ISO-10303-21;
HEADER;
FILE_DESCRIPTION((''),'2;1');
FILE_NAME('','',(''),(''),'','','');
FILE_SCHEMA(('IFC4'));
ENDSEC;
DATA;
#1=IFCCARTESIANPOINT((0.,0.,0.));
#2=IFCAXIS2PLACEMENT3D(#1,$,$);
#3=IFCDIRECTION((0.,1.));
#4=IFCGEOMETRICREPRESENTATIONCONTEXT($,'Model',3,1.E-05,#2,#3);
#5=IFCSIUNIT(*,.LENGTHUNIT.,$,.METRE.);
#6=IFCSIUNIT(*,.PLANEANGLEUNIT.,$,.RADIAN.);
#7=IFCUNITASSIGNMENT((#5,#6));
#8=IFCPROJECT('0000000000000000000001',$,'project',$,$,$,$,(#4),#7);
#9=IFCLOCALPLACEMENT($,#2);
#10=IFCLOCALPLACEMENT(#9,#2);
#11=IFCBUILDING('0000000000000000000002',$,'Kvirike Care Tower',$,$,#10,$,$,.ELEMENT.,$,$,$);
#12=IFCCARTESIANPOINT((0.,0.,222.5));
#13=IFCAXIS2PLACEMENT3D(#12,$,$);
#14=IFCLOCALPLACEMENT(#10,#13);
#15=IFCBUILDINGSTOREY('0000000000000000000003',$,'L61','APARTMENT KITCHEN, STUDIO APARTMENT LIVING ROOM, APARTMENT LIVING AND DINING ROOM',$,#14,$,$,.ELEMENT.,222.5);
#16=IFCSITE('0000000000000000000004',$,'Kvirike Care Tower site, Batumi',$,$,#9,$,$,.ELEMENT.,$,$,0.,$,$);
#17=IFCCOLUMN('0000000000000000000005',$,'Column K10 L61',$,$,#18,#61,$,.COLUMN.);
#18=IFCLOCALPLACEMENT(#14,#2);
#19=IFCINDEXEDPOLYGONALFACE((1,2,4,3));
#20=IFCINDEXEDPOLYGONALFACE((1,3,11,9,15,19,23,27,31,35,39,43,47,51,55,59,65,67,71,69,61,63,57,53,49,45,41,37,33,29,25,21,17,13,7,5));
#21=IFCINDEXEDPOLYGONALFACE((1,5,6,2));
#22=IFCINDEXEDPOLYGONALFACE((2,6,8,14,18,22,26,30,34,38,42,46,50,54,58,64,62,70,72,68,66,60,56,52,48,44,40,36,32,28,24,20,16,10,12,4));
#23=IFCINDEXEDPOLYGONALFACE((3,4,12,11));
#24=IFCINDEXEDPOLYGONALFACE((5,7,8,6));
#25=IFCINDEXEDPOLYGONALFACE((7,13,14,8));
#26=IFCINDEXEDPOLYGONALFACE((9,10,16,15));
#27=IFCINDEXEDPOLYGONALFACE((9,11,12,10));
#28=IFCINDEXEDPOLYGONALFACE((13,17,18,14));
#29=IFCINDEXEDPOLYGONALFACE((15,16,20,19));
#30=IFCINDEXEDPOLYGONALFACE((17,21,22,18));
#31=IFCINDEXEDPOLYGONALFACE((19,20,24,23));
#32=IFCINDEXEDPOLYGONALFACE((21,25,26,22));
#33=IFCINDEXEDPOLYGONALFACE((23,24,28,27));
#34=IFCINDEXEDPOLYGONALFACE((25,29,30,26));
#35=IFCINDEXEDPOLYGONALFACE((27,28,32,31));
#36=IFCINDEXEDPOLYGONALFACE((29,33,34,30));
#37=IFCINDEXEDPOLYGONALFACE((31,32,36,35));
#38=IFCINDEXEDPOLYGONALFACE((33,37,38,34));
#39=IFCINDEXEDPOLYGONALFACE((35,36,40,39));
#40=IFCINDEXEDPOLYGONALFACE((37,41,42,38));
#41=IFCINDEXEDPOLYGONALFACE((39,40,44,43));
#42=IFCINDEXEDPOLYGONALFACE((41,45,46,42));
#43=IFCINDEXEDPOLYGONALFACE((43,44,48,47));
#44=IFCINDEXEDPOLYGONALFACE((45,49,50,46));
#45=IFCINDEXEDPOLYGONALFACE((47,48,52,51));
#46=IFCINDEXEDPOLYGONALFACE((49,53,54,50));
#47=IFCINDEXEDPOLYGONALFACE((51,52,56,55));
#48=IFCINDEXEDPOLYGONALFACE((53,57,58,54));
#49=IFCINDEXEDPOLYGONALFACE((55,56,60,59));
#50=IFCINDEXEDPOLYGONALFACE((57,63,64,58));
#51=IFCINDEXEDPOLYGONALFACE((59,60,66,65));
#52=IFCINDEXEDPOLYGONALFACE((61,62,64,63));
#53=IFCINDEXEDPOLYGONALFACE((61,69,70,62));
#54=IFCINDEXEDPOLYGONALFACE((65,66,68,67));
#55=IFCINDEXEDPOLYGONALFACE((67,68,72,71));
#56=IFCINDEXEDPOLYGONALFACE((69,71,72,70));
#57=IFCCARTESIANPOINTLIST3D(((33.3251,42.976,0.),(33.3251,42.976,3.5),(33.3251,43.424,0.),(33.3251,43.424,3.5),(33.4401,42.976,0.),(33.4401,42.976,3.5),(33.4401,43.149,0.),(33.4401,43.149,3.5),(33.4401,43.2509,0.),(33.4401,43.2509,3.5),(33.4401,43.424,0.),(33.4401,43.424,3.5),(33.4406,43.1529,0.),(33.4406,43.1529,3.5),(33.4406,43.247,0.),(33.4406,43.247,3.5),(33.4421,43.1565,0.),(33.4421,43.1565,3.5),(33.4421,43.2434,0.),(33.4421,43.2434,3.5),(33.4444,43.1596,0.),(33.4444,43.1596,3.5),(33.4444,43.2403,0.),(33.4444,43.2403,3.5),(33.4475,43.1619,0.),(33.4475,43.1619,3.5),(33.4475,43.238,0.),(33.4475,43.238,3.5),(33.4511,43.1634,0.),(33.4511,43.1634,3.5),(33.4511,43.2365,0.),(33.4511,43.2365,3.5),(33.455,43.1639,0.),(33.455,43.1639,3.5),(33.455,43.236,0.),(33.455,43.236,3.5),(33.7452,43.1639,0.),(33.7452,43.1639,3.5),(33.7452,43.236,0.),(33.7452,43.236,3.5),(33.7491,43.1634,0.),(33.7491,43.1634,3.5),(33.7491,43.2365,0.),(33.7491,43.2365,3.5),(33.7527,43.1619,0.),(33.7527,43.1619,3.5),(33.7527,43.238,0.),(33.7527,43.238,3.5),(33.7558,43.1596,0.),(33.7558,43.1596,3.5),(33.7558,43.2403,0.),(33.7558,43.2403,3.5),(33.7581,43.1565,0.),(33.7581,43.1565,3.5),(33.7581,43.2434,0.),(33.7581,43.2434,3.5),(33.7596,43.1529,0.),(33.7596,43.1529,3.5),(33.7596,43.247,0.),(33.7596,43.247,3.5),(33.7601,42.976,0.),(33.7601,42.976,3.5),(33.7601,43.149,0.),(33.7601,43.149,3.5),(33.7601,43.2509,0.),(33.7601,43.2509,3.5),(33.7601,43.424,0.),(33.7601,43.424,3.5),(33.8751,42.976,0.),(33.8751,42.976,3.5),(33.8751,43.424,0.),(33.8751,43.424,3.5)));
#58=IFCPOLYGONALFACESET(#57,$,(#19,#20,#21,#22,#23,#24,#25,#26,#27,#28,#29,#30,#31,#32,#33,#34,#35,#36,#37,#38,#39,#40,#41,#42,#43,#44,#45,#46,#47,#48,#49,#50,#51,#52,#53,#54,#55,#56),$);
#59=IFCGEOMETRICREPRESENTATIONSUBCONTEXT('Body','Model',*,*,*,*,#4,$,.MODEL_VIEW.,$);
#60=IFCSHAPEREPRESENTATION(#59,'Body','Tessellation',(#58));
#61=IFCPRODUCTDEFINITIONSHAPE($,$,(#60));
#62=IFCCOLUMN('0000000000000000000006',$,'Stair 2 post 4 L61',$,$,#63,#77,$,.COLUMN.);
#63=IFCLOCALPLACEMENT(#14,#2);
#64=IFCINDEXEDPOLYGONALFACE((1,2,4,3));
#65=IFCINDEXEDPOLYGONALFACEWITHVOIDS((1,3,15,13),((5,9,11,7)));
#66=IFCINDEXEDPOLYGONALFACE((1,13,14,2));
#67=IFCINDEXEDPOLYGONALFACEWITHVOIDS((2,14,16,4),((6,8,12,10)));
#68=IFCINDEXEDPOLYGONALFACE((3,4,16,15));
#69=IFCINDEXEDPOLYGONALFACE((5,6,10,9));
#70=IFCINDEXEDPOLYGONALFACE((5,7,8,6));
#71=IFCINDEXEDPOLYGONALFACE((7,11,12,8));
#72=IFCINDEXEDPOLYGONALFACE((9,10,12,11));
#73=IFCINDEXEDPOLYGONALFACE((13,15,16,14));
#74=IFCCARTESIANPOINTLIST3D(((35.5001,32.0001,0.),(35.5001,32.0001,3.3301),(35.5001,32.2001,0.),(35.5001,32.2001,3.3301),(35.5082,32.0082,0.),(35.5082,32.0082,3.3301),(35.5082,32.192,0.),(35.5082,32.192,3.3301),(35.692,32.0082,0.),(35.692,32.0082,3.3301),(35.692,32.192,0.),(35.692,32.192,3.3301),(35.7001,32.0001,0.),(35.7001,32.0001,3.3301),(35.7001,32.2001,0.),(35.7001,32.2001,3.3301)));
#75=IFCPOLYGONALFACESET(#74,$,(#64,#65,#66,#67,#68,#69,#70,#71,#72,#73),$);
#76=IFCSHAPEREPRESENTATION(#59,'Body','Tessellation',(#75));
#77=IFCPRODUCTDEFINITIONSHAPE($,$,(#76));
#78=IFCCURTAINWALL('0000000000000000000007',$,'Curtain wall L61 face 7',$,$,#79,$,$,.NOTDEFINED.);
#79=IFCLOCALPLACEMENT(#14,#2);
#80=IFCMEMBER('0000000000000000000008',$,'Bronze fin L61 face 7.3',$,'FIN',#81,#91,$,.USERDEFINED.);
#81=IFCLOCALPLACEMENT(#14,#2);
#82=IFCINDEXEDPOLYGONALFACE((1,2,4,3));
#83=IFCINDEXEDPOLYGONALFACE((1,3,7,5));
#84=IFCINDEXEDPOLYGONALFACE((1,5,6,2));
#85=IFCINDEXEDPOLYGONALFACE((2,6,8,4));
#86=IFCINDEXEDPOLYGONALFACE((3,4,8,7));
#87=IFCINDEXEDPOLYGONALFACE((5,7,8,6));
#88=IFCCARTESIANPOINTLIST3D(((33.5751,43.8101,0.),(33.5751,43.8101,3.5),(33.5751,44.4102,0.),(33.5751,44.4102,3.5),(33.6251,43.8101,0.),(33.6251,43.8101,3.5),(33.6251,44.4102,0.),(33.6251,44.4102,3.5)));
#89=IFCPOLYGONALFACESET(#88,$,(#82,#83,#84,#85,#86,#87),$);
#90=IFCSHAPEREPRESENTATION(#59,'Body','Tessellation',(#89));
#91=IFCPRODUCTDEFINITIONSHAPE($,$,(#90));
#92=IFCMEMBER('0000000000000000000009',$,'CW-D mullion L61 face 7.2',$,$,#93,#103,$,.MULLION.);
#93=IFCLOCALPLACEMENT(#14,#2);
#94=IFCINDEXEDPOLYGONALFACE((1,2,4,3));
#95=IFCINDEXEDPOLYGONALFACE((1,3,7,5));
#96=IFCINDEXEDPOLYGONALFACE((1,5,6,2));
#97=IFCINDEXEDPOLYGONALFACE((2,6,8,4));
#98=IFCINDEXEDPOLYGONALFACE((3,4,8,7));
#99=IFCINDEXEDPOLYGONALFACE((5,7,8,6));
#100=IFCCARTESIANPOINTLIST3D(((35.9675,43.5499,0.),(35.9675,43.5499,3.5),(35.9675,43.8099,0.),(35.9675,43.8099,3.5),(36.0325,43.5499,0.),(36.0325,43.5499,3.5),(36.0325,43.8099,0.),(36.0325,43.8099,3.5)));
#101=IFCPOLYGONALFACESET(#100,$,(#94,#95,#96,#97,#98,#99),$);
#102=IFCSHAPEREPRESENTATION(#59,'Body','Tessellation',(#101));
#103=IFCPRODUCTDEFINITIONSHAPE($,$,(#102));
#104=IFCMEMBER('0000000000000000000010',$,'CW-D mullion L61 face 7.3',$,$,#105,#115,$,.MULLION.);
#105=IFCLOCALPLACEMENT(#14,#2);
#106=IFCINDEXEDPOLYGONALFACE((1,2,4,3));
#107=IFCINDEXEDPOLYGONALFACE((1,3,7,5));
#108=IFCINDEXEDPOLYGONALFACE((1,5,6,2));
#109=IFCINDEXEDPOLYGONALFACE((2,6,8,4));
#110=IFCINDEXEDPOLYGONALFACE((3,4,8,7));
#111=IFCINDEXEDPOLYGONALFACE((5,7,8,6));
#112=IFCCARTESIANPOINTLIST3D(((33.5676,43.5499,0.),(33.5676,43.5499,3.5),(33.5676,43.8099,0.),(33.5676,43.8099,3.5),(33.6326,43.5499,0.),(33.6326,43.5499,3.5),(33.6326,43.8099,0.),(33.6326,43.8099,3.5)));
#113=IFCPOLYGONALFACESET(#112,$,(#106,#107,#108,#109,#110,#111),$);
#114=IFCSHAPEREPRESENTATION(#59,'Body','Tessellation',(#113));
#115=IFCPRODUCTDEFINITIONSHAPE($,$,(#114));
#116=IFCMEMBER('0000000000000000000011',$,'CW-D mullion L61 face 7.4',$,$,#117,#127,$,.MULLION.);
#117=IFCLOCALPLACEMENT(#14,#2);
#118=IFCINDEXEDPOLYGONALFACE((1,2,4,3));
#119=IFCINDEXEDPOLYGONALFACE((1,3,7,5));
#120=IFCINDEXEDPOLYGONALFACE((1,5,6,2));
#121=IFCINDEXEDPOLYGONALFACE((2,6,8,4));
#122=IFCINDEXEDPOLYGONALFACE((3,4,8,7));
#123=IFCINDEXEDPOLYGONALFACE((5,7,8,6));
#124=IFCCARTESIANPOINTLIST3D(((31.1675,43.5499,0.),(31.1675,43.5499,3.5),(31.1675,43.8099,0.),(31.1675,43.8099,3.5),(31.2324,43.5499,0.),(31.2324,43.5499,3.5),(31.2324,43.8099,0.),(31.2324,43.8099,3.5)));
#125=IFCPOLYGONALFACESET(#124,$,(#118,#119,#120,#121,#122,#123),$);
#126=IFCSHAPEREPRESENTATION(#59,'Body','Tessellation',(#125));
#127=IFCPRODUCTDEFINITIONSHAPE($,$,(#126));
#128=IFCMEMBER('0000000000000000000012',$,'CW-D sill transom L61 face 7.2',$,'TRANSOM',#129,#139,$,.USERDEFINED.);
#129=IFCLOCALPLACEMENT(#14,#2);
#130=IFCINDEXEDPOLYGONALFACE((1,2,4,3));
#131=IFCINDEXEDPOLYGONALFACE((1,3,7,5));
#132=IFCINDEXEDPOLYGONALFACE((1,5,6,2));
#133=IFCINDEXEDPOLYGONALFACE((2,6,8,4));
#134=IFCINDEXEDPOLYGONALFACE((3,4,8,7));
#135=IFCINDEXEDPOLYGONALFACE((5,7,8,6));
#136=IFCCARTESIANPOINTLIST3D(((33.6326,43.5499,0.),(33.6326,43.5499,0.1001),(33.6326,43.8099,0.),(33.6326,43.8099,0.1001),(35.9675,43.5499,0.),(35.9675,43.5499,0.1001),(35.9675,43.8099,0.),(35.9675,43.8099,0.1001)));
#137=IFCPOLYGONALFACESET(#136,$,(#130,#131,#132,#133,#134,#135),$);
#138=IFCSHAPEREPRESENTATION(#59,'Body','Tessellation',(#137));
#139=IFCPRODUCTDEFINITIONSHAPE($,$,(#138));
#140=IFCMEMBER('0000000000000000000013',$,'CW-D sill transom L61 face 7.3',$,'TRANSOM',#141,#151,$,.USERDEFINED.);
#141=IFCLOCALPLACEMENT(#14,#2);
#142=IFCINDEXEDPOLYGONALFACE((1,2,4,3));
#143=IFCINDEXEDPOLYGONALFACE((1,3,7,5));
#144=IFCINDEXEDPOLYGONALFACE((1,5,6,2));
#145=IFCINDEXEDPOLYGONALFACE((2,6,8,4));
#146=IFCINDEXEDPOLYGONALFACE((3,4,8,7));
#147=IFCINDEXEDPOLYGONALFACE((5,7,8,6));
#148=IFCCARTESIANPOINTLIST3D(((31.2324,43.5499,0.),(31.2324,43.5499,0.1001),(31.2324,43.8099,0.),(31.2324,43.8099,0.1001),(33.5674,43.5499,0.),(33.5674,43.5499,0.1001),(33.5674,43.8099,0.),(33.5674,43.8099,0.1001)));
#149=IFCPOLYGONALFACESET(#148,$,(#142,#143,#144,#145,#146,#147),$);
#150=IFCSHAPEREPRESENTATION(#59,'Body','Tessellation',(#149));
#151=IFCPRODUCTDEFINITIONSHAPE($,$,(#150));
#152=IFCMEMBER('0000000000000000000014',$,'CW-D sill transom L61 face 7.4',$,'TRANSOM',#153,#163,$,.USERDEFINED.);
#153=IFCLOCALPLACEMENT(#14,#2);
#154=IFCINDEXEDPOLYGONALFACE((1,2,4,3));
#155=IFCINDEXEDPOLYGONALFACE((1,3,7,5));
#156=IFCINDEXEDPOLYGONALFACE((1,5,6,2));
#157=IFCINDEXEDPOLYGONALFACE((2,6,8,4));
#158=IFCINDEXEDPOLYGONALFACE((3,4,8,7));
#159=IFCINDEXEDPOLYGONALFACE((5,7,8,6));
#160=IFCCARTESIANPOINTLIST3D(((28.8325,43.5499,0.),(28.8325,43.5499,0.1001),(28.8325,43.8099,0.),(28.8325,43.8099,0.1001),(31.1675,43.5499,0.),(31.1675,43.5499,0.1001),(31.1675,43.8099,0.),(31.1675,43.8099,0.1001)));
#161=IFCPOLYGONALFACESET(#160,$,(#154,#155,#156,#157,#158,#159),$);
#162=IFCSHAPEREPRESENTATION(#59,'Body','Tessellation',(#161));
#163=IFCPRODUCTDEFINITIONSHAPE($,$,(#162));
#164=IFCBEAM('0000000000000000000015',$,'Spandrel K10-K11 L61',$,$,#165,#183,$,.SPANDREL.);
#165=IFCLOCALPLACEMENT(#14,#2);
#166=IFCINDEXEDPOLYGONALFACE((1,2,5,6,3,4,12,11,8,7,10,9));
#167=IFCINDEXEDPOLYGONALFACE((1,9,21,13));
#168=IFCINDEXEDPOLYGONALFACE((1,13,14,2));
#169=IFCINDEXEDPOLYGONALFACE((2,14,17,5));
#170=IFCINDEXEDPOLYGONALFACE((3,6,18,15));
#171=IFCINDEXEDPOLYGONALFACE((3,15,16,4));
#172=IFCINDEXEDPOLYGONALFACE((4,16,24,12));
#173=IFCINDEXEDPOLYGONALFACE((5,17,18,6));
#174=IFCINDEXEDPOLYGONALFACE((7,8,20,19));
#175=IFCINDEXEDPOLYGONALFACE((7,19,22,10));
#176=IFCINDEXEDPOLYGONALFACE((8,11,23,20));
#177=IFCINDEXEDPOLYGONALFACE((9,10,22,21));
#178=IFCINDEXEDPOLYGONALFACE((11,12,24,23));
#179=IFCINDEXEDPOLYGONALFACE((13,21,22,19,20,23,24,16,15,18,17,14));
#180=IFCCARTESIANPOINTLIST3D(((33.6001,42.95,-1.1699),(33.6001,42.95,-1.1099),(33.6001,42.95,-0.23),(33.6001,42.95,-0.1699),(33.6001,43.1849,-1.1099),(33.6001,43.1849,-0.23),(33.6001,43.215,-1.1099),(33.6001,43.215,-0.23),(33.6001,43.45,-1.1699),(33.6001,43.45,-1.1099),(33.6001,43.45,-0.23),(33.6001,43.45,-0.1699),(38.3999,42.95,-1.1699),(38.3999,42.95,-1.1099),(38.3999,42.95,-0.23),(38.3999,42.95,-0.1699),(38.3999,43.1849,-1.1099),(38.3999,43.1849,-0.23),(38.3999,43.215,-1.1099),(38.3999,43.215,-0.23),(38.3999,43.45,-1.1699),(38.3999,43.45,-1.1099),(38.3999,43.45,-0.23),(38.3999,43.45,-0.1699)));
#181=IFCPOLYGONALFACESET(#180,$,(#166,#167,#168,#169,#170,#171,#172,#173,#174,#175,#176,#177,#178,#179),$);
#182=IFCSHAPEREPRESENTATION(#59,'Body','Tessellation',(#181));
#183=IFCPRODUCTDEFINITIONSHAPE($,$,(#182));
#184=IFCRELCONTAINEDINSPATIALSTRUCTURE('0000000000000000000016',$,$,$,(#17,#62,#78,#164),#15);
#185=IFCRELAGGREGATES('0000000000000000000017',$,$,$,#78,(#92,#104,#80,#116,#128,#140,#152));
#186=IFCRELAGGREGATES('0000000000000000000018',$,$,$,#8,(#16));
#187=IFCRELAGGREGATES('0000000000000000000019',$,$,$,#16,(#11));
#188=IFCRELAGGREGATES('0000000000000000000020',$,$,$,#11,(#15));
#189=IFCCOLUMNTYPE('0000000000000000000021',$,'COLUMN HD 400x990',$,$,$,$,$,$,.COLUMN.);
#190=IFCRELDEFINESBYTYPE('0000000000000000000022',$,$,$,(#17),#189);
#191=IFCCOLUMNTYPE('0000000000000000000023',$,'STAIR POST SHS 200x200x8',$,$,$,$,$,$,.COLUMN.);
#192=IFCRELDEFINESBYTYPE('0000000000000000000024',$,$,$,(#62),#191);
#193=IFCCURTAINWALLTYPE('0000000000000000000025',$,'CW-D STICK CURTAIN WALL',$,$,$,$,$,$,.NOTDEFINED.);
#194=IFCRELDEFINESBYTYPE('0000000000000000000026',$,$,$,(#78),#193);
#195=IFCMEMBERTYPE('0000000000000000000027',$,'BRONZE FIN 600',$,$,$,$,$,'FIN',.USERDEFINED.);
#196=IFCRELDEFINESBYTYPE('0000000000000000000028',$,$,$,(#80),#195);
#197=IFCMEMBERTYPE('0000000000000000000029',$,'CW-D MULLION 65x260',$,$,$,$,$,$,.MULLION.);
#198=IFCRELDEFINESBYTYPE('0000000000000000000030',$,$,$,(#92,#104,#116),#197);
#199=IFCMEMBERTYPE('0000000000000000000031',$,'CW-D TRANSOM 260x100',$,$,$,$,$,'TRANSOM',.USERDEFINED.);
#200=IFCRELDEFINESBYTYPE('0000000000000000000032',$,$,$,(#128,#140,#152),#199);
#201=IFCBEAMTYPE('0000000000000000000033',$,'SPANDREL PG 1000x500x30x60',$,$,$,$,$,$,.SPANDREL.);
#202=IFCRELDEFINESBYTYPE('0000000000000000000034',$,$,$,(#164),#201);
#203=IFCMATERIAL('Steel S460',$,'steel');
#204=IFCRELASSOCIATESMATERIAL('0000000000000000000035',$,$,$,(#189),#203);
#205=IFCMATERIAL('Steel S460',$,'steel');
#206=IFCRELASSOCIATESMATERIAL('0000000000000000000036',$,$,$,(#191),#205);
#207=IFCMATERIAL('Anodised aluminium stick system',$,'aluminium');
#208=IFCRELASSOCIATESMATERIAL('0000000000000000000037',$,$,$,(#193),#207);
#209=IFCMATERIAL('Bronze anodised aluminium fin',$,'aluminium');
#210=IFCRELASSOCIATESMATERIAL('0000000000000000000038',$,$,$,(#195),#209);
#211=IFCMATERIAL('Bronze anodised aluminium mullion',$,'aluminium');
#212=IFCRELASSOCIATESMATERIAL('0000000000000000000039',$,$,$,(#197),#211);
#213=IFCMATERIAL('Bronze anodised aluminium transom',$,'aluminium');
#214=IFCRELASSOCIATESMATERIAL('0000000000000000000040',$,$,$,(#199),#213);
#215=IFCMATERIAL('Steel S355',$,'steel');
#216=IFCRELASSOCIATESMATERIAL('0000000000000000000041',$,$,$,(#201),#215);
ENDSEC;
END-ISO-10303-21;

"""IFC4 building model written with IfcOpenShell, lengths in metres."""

from ifc_helpers import new_model, si_unit, direction, frame, origin, origin_2d, place, context, subcontext, project, spatial, rectangle, hollow_rectangle, i_section, extrude, material, material_profile, profile_set, type_object, element, aggregate, save


model = new_model("IFC4")

# Units and contexts
model_context = context("Model", 3, precision=1e-05, world=origin(), true_north=direction((0.0, 1.0)))
body_context = subcontext(model_context, "Body", "Model", "MODEL_VIEW")
ifc_project = project(units=[si_unit("LENGTHUNIT", "METRE"), si_unit("PLANEANGLEUNIT", "RADIAN")], contexts=[model_context])

# Site, building, storey
site_placement = place(None, origin())
site = spatial("IfcSite", under=ifc_project, at=site_placement, Name="Kvirike Care Tower site, Batumi", CompositionType="ELEMENT", RefElevation=0.0)
building_placement = place(site_placement, origin())
building = spatial("IfcBuilding", under=site, at=building_placement, Name="Kvirike Care Tower", CompositionType="ELEMENT")
storey_placement = place(building_placement, frame((0.0, 0.0, 222.5)))
storey = spatial("IfcBuildingStorey", under=building, at=storey_placement, Name="L61", Description="APARTMENT KITCHEN, STUDIO APARTMENT LIVING ROOM, APARTMENT LIVING AND DINING ROOM", CompositionType="ELEMENT", Elevation=222.5)

# Columns
ifc_material_1 = material(Name="Steel S460", Category="steel")
ifc_material_profile_1 = material_profile(ifc_material_1, i_section(OverallWidth=0.448, OverallDepth=0.55, WebThickness=0.072, FlangeThickness=0.115, FilletRadius=0.0149, at=origin_2d()), Name="HD 400x990")
ifc_profile_set_1 = profile_set([ifc_material_profile_1], Name="Steel S460")
column_type_1 = type_object("IfcColumnType", Name="COLUMN HD 400x990", PredefinedType="COLUMN", material=ifc_profile_set_1)
column_1_placement = place(storey_placement, frame((33.6001, 43.2, 0.0), z_axis=(0.0, 0.0, 1.0), x_axis=(0.0, 1.0, 0.0)))
element("IfcColumn", 1, at=column_1_placement, inside=storey, type_object=column_type_1, Name="Column K10 L61", PredefinedType="COLUMN", context=body_context, shape_type="SweptSolid", body=[
    extrude(i_section(OverallWidth=0.448, OverallDepth=0.55, WebThickness=0.072, FlangeThickness=0.115, FilletRadius=0.0149, at=origin_2d()), origin(), (0.0, 0.0, 1.0), 3.5),
])
ifc_material_2 = material(Name="Steel S460", Category="steel")
ifc_material_profile_2 = material_profile(ifc_material_2, hollow_rectangle(XDim=0.2, YDim=0.2, WallThickness=0.0081, at=origin_2d()), Name="SHS 200x200x8")
ifc_profile_set_2 = profile_set([ifc_material_profile_2], Name="Steel S460")
column_type_2 = type_object("IfcColumnType", Name="STAIR POST SHS 200x200x8", PredefinedType="COLUMN", material=ifc_profile_set_2)
column_2_placement = place(storey_placement, frame((35.6001, 32.1001, 0.0), z_axis=(0.0, 0.0, 1.0), x_axis=(1.0, 0.0, 0.0)))
element("IfcColumn", 2, at=column_2_placement, inside=storey, type_object=column_type_2, Name="Stair 2 post 4 L61", PredefinedType="COLUMN", context=body_context, shape_type="SweptSolid", body=[
    extrude(hollow_rectangle(XDim=0.2, YDim=0.2, WallThickness=0.0081, at=origin_2d()), origin(), (0.0, 0.0, 1.0), 3.3301),
])

# Curtain wall, members
ifc_material_3 = material(Name="Anodised aluminium stick system", Category="aluminium")
curtain_wall_type = type_object("IfcCurtainWallType", Name="CW-D STICK CURTAIN WALL", PredefinedType="NOTDEFINED", material=ifc_material_3)
curtain_wall_placement = place(storey_placement, origin())
curtain_wall = element("IfcCurtainWall", 3, at=curtain_wall_placement, inside=storey, type_object=curtain_wall_type, Name="Curtain wall L61 face 7", PredefinedType="NOTDEFINED")
ifc_material_4 = material(Name="Bronze anodised aluminium fin", Category="aluminium")
ifc_material_profile_3 = material_profile(ifc_material_4, rectangle(XDim=0.05, YDim=0.6001, at=origin_2d()), Name="BRONZE FIN 600")
ifc_profile_set_3 = profile_set([ifc_material_profile_3], Name="Bronze anodised aluminium fin")
member_type_1 = type_object("IfcMemberType", Name="BRONZE FIN 600", ElementType="FIN", PredefinedType="USERDEFINED", material=ifc_profile_set_3)
member_1_placement = place(storey_placement, frame((33.6001, 44.1101, 0.0), z_axis=(0.0, 0.0, 1.0), x_axis=(-1.0, 0.0, 0.0)))
member_1 = element("IfcMember", 4, at=member_1_placement, type_object=member_type_1, Name="Bronze fin L61 face 7.3", ObjectType="FIN", PredefinedType="USERDEFINED", context=body_context, shape_type="SweptSolid", body=[
    extrude(rectangle(XDim=0.05, YDim=0.6001, at=origin_2d()), origin(), (0.0, 0.0, 1.0), 3.5),
])
ifc_material_5 = material(Name="Bronze anodised aluminium mullion", Category="aluminium")
ifc_material_profile_4 = material_profile(ifc_material_5, rectangle(XDim=0.0649, YDim=0.26, at=origin_2d()), Name="CW-D MULLION 65x260")
ifc_profile_set_4 = profile_set([ifc_material_profile_4], Name="Bronze anodised aluminium mullion")
member_type_2 = type_object("IfcMemberType", Name="CW-D MULLION 65x260", PredefinedType="MULLION", material=ifc_profile_set_4)
member_2_placement = place(storey_placement, frame((36.0, 43.6799, 0.0), z_axis=(0.0, 0.0, 1.0), x_axis=(-1.0, 0.0, 0.0)))
member_2 = element("IfcMember", 5, at=member_2_placement, type_object=member_type_2, Name="CW-D mullion L61 face 7.2", PredefinedType="MULLION", context=body_context, shape_type="SweptSolid", body=[
    extrude(rectangle(XDim=0.0649, YDim=0.26, at=origin_2d()), origin(), (0.0, 0.0, 1.0), 3.5),
])
member_3_placement = place(storey_placement, frame((33.6001, 43.6799, 0.0), z_axis=(0.0, 0.0, 1.0), x_axis=(-1.0, 0.0, 0.0)))
member_3 = element("IfcMember", 6, at=member_3_placement, type_object=member_type_2, Name="CW-D mullion L61 face 7.3", PredefinedType="MULLION", context=body_context, shape_type="SweptSolid", body=[
    extrude(rectangle(XDim=0.0649, YDim=0.26, at=origin_2d()), origin(), (0.0, 0.0, 1.0), 3.5),
])
member_4_placement = place(storey_placement, frame((31.2, 43.6799, 0.0), z_axis=(0.0, 0.0, 1.0), x_axis=(-1.0, 0.0, 0.0)))
member_4 = element("IfcMember", 7, at=member_4_placement, type_object=member_type_2, Name="CW-D mullion L61 face 7.4", PredefinedType="MULLION", context=body_context, shape_type="SweptSolid", body=[
    extrude(rectangle(XDim=0.0649, YDim=0.26, at=origin_2d()), origin(), (0.0, 0.0, 1.0), 3.5),
])
ifc_material_6 = material(Name="Bronze anodised aluminium transom", Category="aluminium")
ifc_material_profile_5 = material_profile(ifc_material_6, rectangle(XDim=0.26, YDim=0.1001, at=origin_2d()), Name="CW-D TRANSOM 260x100")
ifc_profile_set_5 = profile_set([ifc_material_profile_5], Name="Bronze anodised aluminium transom")
member_type_3 = type_object("IfcMemberType", Name="CW-D TRANSOM 260x100", ElementType="TRANSOM", PredefinedType="USERDEFINED", material=ifc_profile_set_5)
member_5_placement = place(storey_placement, frame((35.9675, 43.6799, 0.05), z_axis=(-1.0, 0.0, 0.0), x_axis=(0.0, -1.0, 0.0)))
member_5 = element("IfcMember", 8, at=member_5_placement, type_object=member_type_3, Name="CW-D sill transom L61 face 7.2", ObjectType="TRANSOM", PredefinedType="USERDEFINED", context=body_context, shape_type="SweptSolid", body=[
    extrude(rectangle(XDim=0.26, YDim=0.1001, at=origin_2d()), origin(), (0.0, 0.0, 1.0), 2.335),
])
member_6_placement = place(storey_placement, frame((33.5674, 43.6799, 0.05), z_axis=(-1.0, 0.0, 0.0), x_axis=(0.0, -1.0, 0.0)))
member_6 = element("IfcMember", 9, at=member_6_placement, type_object=member_type_3, Name="CW-D sill transom L61 face 7.3", ObjectType="TRANSOM", PredefinedType="USERDEFINED", context=body_context, shape_type="SweptSolid", body=[
    extrude(rectangle(XDim=0.26, YDim=0.1001, at=origin_2d()), origin(), (0.0, 0.0, 1.0), 2.335),
])
member_7_placement = place(storey_placement, frame((31.1675, 43.6799, 0.05), z_axis=(-1.0, 0.0, 0.0), x_axis=(0.0, -1.0, 0.0)))
member_7 = element("IfcMember", 10, at=member_7_placement, type_object=member_type_3, Name="CW-D sill transom L61 face 7.4", ObjectType="TRANSOM", PredefinedType="USERDEFINED", context=body_context, shape_type="SweptSolid", body=[
    extrude(rectangle(XDim=0.26, YDim=0.1001, at=origin_2d()), origin(), (0.0, 0.0, 1.0), 2.335),
])

# Beam
ifc_material_7 = material(Name="Steel S355", Category="steel")
ifc_material_profile_6 = material_profile(ifc_material_7, i_section(OverallWidth=0.5, OverallDepth=1.0, WebThickness=0.03, FlangeThickness=0.0601, at=origin_2d()), Name="PG 1000x500x30x60")
ifc_profile_set_6 = profile_set([ifc_material_profile_6], Name="Steel S355")
beam_type = type_object("IfcBeamType", Name="SPANDREL PG 1000x500x30x60", PredefinedType="SPANDREL", material=ifc_profile_set_6)
beam_placement = place(storey_placement, frame((33.6001, 43.2, -0.6699), z_axis=(1.0, 0.0, 0.0), x_axis=(0.0, 1.0, 0.0)))
element("IfcBeam", 11, at=beam_placement, inside=storey, type_object=beam_type, Name="Spandrel K10-K11 L61", PredefinedType="SPANDREL", context=body_context, shape_type="SweptSolid", body=[
    extrude(i_section(OverallWidth=0.5, OverallDepth=1.0, WebThickness=0.03, FlangeThickness=0.0601, at=origin_2d()), origin(), (0.0, 0.0, 1.0), 4.7998),
])

aggregate(curtain_wall, [member_2, member_3, member_1, member_4, member_5, member_6, member_7])

save(model, "model.ifc")
